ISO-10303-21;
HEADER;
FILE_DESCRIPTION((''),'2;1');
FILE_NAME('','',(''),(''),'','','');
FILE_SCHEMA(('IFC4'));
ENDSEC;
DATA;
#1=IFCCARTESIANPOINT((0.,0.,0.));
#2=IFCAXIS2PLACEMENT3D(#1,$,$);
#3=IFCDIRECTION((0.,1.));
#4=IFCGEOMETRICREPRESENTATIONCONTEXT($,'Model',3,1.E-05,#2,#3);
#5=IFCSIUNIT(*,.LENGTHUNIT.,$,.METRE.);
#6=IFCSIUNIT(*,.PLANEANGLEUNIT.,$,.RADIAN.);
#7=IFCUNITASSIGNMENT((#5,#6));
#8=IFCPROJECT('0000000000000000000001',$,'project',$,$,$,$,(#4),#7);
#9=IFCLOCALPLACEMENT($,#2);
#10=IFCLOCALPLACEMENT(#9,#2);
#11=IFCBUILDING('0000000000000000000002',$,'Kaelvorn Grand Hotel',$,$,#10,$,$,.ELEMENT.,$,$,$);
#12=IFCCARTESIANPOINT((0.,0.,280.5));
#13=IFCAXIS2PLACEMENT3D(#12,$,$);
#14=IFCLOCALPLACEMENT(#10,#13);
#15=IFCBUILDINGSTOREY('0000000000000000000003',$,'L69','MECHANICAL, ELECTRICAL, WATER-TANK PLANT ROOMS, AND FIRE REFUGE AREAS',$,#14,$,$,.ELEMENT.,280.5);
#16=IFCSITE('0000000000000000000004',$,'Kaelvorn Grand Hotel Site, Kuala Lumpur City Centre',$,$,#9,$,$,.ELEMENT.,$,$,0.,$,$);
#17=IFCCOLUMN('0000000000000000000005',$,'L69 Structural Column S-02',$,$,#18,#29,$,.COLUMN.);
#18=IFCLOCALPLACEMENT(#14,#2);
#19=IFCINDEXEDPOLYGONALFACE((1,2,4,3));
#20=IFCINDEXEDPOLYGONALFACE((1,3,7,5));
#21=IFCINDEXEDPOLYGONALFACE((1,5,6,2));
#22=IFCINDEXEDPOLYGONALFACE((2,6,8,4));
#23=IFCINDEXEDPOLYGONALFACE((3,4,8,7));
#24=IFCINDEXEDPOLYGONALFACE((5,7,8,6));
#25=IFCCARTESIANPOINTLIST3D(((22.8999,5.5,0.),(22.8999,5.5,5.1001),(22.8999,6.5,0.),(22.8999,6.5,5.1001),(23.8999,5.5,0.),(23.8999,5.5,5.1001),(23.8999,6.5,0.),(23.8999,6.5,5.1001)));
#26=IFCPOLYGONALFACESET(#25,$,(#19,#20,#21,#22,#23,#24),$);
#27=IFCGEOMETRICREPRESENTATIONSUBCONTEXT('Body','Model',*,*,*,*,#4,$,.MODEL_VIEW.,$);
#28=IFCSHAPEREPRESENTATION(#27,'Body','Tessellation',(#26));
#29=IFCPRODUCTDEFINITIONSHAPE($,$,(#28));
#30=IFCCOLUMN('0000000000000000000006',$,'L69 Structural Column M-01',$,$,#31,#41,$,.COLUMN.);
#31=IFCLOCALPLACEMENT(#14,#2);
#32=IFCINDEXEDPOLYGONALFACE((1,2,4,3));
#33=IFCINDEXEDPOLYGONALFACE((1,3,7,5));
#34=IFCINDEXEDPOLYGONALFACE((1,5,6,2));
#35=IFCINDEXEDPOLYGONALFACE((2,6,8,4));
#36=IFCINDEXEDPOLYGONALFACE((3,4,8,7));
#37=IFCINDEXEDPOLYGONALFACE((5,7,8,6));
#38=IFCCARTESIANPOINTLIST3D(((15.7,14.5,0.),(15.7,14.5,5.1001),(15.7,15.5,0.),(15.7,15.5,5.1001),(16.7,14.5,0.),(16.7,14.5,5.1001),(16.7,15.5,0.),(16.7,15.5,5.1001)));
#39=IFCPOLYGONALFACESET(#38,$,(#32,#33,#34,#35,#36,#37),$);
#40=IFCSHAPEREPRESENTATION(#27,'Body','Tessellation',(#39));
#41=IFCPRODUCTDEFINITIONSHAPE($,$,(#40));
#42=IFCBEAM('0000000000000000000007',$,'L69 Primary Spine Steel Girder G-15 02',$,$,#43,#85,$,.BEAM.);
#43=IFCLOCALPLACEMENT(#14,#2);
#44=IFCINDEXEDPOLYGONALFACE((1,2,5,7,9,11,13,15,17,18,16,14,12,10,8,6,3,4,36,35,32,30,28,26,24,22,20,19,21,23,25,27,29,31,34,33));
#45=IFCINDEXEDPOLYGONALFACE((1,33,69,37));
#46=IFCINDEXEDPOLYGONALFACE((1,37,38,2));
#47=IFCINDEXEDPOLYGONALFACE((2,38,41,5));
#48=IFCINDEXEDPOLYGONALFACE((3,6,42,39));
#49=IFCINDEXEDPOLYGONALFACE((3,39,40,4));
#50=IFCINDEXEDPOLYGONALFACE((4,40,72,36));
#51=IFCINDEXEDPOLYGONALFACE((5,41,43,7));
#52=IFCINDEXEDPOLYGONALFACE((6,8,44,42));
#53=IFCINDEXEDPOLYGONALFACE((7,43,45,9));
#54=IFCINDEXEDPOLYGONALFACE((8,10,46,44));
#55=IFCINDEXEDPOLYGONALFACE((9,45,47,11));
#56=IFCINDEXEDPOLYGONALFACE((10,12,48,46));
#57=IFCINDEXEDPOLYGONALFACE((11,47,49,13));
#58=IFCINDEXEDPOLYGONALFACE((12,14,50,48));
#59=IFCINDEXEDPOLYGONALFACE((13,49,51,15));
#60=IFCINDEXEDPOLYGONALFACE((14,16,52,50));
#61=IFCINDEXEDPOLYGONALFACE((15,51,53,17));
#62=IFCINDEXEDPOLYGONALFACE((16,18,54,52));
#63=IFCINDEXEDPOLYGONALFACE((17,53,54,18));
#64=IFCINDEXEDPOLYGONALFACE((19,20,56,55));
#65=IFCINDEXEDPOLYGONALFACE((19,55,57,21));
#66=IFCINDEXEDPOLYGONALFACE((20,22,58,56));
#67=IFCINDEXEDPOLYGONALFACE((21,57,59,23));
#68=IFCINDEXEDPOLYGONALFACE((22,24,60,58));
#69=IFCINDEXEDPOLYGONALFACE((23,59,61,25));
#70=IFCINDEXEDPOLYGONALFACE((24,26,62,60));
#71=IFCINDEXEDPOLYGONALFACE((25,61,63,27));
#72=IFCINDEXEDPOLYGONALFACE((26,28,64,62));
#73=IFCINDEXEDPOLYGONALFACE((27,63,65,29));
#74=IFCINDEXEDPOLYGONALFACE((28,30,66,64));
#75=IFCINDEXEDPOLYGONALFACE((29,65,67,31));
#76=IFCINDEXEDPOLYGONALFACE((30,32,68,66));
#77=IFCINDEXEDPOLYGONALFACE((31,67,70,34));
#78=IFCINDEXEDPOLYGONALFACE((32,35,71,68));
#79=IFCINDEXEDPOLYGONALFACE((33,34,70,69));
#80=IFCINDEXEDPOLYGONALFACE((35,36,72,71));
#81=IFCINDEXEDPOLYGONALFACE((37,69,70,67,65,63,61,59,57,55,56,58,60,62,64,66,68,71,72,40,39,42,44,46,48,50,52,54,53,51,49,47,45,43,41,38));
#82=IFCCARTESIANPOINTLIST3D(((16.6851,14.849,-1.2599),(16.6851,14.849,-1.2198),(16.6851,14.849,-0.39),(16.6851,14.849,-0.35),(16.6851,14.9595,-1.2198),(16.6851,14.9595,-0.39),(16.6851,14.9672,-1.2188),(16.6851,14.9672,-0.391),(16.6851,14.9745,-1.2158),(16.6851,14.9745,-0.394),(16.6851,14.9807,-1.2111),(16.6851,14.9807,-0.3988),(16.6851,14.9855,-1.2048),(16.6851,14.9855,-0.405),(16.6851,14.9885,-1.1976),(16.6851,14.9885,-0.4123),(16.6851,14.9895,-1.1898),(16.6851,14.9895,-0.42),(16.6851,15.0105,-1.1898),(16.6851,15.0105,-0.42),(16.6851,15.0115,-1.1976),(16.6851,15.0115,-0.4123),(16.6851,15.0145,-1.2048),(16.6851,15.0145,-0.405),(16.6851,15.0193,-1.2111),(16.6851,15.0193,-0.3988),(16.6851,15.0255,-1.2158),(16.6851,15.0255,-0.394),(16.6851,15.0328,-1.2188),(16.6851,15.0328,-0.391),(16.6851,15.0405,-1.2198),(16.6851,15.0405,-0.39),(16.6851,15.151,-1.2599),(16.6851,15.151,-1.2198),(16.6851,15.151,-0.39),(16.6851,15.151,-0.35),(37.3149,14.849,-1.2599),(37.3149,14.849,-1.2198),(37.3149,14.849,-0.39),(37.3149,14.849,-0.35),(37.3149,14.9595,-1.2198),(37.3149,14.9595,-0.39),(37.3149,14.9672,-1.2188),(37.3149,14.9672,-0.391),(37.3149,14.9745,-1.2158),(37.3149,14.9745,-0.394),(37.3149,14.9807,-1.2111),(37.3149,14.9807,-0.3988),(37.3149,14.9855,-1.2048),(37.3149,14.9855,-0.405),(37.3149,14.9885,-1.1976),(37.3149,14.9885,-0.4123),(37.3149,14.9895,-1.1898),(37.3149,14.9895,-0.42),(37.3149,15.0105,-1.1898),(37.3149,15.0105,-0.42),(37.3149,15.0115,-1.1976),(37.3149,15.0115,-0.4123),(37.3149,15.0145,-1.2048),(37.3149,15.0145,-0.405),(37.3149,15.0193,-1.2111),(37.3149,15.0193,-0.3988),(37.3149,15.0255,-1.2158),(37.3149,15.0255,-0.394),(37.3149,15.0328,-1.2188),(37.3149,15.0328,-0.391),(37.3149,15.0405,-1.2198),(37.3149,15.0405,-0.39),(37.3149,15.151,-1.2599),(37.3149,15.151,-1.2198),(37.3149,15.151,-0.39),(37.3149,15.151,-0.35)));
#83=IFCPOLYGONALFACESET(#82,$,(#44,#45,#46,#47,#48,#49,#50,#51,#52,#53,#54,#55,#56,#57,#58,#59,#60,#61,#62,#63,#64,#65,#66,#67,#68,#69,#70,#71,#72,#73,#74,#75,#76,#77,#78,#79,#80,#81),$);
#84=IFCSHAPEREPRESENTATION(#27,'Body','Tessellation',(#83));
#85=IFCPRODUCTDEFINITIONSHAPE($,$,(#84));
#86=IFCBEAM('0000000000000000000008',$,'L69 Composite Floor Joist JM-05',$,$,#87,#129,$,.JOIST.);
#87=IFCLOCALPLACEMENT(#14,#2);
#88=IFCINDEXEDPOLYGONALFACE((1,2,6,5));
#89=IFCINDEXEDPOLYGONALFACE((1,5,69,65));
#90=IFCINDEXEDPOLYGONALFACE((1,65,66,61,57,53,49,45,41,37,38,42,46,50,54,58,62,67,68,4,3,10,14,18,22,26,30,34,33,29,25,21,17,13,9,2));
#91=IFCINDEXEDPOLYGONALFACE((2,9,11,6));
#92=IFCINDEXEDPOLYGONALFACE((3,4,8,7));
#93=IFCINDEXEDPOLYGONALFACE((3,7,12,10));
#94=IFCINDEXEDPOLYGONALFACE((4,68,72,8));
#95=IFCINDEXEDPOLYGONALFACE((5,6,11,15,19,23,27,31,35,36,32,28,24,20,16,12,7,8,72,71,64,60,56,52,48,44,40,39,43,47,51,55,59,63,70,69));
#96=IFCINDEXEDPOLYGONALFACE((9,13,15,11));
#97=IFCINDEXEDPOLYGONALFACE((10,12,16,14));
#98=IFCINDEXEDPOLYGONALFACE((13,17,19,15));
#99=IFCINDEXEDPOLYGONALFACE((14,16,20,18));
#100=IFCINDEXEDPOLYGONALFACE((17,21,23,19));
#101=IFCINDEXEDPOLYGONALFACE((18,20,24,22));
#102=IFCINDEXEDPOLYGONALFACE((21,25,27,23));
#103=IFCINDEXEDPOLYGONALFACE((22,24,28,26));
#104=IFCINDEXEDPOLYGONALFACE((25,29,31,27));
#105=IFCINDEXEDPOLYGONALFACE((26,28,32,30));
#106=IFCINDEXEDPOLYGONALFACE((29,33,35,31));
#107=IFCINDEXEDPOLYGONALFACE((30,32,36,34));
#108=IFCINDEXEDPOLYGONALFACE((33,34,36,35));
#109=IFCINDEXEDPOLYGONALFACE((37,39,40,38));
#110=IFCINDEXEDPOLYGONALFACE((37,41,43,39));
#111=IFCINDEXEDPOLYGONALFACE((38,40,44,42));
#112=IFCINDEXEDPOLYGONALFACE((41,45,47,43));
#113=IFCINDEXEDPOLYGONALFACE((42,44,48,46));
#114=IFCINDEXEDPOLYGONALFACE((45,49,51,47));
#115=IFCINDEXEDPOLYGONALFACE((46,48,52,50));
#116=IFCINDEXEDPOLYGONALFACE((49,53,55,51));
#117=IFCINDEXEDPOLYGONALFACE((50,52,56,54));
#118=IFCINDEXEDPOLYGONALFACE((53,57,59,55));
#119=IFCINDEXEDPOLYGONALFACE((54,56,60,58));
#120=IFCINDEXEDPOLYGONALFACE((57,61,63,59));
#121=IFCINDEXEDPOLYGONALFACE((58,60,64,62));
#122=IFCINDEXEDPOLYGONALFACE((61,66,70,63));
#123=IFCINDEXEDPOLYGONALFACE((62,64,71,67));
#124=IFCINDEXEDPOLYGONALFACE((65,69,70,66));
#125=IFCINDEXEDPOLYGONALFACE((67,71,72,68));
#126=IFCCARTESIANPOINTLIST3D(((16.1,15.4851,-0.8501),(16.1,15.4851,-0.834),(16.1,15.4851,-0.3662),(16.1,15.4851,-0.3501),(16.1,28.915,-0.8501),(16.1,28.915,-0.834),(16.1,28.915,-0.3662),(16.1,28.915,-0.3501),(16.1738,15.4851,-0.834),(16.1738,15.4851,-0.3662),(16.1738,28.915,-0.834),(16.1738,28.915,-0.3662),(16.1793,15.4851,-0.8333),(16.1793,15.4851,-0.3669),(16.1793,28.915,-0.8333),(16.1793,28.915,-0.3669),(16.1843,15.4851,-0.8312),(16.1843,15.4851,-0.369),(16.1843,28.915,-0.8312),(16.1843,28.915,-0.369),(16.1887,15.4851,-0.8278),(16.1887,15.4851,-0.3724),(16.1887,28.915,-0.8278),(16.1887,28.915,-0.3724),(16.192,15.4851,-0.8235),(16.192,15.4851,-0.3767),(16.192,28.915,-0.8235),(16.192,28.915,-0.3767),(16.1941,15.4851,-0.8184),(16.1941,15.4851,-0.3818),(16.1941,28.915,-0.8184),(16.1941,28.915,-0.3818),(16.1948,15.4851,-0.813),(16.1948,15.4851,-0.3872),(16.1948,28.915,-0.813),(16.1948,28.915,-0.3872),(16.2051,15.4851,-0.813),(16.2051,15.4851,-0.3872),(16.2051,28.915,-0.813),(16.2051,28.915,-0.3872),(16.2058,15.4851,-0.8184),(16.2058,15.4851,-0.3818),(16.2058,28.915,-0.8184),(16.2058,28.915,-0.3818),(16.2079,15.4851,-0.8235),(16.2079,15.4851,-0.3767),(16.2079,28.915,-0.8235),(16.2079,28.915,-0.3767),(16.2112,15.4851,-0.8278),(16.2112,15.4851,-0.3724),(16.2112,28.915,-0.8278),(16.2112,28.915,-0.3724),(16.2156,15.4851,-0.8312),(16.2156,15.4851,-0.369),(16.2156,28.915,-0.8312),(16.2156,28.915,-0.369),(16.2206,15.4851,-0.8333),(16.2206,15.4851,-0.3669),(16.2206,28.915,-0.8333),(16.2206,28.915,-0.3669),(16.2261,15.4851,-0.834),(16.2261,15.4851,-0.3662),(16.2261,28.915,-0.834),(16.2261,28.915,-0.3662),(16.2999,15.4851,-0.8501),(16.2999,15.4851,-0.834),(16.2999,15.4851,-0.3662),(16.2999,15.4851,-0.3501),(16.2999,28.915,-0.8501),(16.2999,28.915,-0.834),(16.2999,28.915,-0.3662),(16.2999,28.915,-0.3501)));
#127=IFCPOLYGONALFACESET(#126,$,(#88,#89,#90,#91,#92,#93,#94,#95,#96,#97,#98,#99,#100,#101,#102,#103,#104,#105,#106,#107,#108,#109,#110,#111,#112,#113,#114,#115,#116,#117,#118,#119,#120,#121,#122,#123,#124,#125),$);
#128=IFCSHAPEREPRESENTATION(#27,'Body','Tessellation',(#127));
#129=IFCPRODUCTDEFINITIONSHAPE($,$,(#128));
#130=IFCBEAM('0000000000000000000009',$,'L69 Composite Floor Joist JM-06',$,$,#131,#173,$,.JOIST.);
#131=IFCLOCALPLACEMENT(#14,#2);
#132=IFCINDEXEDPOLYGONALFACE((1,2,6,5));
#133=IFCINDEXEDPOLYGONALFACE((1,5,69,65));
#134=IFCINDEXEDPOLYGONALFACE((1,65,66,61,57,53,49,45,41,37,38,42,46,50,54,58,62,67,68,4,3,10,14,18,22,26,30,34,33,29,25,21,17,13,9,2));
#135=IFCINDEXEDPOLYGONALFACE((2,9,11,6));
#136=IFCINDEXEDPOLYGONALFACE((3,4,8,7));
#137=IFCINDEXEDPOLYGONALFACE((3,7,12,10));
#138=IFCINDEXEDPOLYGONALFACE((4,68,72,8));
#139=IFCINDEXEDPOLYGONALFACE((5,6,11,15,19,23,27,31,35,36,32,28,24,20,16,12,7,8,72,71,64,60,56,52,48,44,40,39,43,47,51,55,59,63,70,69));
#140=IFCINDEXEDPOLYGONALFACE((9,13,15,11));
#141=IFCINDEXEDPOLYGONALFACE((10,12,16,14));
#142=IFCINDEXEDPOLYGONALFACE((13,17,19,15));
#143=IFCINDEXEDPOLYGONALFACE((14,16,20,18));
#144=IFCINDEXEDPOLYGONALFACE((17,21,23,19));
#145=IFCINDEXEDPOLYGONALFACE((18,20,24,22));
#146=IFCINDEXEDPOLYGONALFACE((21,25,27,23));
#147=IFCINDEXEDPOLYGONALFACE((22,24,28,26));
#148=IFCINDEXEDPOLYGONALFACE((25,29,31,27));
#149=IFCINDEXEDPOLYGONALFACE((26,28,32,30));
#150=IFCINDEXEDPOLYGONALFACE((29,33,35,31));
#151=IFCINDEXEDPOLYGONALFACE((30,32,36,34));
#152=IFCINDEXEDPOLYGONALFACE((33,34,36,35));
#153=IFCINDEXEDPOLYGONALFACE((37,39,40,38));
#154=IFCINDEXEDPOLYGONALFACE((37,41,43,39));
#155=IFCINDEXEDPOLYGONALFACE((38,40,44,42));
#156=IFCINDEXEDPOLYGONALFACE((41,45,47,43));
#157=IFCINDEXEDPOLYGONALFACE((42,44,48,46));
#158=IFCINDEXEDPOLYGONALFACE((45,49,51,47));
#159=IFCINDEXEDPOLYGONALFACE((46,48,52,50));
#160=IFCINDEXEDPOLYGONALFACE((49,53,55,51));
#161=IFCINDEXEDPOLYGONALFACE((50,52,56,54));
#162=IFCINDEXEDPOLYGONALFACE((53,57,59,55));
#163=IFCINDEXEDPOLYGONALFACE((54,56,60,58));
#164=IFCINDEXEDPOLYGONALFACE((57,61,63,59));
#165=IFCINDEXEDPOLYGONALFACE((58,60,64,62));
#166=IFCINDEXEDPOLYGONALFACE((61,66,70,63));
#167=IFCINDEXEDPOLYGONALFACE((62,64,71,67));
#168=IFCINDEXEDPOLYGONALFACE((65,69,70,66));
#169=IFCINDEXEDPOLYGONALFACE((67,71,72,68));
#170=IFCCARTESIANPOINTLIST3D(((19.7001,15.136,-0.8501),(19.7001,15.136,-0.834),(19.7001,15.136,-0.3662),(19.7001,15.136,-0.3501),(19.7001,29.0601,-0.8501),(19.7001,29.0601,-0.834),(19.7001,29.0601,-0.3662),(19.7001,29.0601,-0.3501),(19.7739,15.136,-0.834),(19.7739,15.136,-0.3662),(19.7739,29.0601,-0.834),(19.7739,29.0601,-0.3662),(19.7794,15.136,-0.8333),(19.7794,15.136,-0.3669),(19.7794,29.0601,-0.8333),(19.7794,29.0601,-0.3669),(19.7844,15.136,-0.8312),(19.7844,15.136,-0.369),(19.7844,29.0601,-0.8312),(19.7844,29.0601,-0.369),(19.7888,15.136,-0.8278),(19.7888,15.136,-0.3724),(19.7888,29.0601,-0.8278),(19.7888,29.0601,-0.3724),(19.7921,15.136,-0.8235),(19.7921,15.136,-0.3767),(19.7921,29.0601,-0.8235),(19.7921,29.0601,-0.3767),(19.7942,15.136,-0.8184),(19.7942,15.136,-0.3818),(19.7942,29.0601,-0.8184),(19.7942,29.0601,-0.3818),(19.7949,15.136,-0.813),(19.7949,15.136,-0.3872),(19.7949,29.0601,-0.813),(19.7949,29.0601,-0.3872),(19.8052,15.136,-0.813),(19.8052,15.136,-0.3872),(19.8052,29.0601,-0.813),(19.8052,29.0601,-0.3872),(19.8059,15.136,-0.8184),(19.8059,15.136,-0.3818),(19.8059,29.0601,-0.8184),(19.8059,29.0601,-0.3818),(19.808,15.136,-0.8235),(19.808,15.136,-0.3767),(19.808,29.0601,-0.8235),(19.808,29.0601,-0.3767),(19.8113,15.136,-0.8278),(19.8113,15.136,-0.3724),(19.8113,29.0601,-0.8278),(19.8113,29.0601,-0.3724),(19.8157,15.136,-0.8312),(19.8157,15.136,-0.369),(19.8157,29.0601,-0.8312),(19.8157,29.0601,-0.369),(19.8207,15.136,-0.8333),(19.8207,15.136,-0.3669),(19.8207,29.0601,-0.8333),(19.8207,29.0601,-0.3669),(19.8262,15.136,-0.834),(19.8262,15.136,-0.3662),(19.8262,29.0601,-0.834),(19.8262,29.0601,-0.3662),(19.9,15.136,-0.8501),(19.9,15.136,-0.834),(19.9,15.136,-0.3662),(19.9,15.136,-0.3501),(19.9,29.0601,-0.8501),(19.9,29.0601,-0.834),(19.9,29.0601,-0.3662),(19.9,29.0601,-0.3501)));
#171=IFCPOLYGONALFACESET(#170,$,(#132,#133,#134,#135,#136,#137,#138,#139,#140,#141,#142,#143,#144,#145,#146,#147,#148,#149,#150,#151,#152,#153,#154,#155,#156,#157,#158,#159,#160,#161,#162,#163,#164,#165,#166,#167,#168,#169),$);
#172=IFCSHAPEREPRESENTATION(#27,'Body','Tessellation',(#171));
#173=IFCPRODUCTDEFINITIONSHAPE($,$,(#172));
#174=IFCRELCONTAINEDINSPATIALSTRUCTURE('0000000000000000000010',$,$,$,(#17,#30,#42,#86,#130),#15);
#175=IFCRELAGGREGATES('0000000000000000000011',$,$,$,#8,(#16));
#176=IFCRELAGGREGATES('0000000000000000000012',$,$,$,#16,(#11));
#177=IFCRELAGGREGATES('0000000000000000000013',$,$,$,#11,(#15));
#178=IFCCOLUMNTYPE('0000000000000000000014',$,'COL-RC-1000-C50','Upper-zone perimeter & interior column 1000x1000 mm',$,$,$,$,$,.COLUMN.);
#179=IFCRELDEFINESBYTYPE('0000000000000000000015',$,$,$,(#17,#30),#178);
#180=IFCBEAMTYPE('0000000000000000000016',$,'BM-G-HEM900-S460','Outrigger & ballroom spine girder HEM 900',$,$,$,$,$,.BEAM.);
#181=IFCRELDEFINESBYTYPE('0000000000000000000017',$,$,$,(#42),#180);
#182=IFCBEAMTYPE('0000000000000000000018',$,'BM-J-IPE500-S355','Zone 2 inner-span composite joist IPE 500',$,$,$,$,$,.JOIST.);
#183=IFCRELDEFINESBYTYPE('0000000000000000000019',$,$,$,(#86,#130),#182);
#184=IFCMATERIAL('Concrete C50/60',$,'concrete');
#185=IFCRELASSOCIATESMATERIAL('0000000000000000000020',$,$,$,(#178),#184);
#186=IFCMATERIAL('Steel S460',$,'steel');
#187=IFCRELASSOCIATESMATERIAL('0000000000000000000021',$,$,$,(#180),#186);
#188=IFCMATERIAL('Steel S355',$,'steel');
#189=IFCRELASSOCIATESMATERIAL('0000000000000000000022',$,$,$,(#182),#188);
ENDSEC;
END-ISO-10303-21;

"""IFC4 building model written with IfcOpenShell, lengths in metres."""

from ifc_helpers import new_model, si_unit, direction, frame, origin, origin_2d, place, context, subcontext, project, spatial, rectangle, i_section, extrude, material, material_profile, profile_set, type_object, element, save


model = new_model("IFC4")

# Units and contexts
model_context = context("Model", 3, precision=1e-05, world=origin(), true_north=direction((0.0, 1.0)))
body_context = subcontext(model_context, "Body", "Model", "MODEL_VIEW")
ifc_project = project(units=[si_unit("LENGTHUNIT", "METRE"), si_unit("PLANEANGLEUNIT", "RADIAN")], contexts=[model_context])

# Site, building, storey
site_placement = place(None, origin())
site = spatial("IfcSite", under=ifc_project, at=site_placement, Name="Kaelvorn Grand Hotel Site, Kuala Lumpur City Centre", CompositionType="ELEMENT", RefElevation=0.0)
building_placement = place(site_placement, origin())
building = spatial("IfcBuilding", under=site, at=building_placement, Name="Kaelvorn Grand Hotel", CompositionType="ELEMENT")
storey_placement = place(building_placement, frame((0.0, 0.0, 280.5)))
storey = spatial("IfcBuildingStorey", under=building, at=storey_placement, Name="L69", Description="MECHANICAL, ELECTRICAL, WATER-TANK PLANT ROOMS, AND FIRE REFUGE AREAS", CompositionType="ELEMENT", Elevation=280.5)

# Columns
ifc_material_1 = material(Name="Concrete C50/60", Category="concrete")
ifc_material_profile_1 = material_profile(ifc_material_1, rectangle(XDim=1.0, YDim=1.0, at=origin_2d()), Name="RC COL 1000x1000")
ifc_profile_set_1 = profile_set([ifc_material_profile_1], Name="Concrete C50/60")
column_type = type_object("IfcColumnType", Name="COL-RC-1000-C50", Description="Upper-zone perimeter & interior column 1000x1000 mm", PredefinedType="COLUMN", material=ifc_profile_set_1)
for number, where, z_axis, x_axis, name in (
    (1, (23.3999, 6.0, 0.0), (0.0, 0.0, 1.0), (1.0, 0.0, 0.0), "L69 Structural Column S-02"),
    (2, (16.2, 15.0, 0.0), (0.0, 0.0, 1.0), (1.0, 0.0, 0.0), "L69 Structural Column M-01"),
):
    element("IfcColumn", number, at=place(storey_placement, frame(where, z_axis=z_axis, x_axis=x_axis)), inside=storey, type_object=column_type, Name=name, PredefinedType="COLUMN", context=body_context, shape_type="SweptSolid", body=[
        extrude(rectangle(XDim=1.0, YDim=1.0, at=origin_2d()), origin(), (0.0, 0.0, 1.0), 5.1001),
    ])

# Beams
ifc_material_2 = material(Name="Steel S460", Category="steel")
ifc_material_profile_2 = material_profile(ifc_material_2, i_section(OverallWidth=0.302, OverallDepth=0.9099, WebThickness=0.021, FlangeThickness=0.04, FilletRadius=0.03, at=origin_2d()), Name="HEM 900")
ifc_profile_set_2 = profile_set([ifc_material_profile_2], Name="Steel S460")
beam_type_1 = type_object("IfcBeamType", Name="BM-G-HEM900-S460", Description="Outrigger & ballroom spine girder HEM 900", PredefinedType="BEAM", material=ifc_profile_set_2)
beam_1_placement = place(storey_placement, frame((16.6851, 15.0, -0.8049), z_axis=(1.0, 0.0, 0.0), x_axis=(0.0, 1.0, 0.0)))
element("IfcBeam", 3, at=beam_1_placement, inside=storey, type_object=beam_type_1, Name="L69 Primary Spine Steel Girder G-15 02", PredefinedType="BEAM", context=body_context, shape_type="SweptSolid", body=[
    extrude(i_section(OverallWidth=0.302, OverallDepth=0.9099, WebThickness=0.021, FlangeThickness=0.04, FilletRadius=0.03, at=origin_2d()), origin(), (0.0, 0.0, 1.0), 20.6299),
])
ifc_material_3 = material(Name="Steel S355", Category="steel")
ifc_material_profile_3 = material_profile(ifc_material_3, i_section(OverallWidth=0.2, OverallDepth=0.5, WebThickness=0.0103, FlangeThickness=0.0161, FilletRadius=0.021, at=origin_2d()), Name="IPE 500")
ifc_profile_set_3 = profile_set([ifc_material_profile_3], Name="Steel S355")
beam_type_2 = type_object("IfcBeamType", Name="BM-J-IPE500-S355", Description="Zone 2 inner-span composite joist IPE 500", PredefinedType="JOIST", material=ifc_profile_set_3)
beam_2_placement = place(storey_placement, frame((16.2, 15.4851, -0.6001), z_axis=(0.0, 1.0, 0.0), x_axis=(-1.0, 0.0, 0.0)))
element("IfcBeam", 4, at=beam_2_placement, inside=storey, type_object=beam_type_2, Name="L69 Composite Floor Joist JM-05", PredefinedType="JOIST", context=body_context, shape_type="SweptSolid", body=[
    extrude(i_section(OverallWidth=0.2, OverallDepth=0.5, WebThickness=0.0103, FlangeThickness=0.0161, FilletRadius=0.021, at=origin_2d()), origin(), (0.0, 0.0, 1.0), 13.4299),
])
beam_3_placement = place(storey_placement, frame((19.8, 15.136, -0.6001), z_axis=(0.0, 1.0, 0.0), x_axis=(-1.0, 0.0, 0.0)))
element("IfcBeam", 5, at=beam_3_placement, inside=storey, type_object=beam_type_2, Name="L69 Composite Floor Joist JM-06", PredefinedType="JOIST", context=body_context, shape_type="SweptSolid", body=[
    extrude(i_section(OverallWidth=0.2, OverallDepth=0.5, WebThickness=0.0103, FlangeThickness=0.0161, FilletRadius=0.021, at=origin_2d()), origin(), (0.0, 0.0, 1.0), 13.9241),
])

save(model, "model.ifc")
